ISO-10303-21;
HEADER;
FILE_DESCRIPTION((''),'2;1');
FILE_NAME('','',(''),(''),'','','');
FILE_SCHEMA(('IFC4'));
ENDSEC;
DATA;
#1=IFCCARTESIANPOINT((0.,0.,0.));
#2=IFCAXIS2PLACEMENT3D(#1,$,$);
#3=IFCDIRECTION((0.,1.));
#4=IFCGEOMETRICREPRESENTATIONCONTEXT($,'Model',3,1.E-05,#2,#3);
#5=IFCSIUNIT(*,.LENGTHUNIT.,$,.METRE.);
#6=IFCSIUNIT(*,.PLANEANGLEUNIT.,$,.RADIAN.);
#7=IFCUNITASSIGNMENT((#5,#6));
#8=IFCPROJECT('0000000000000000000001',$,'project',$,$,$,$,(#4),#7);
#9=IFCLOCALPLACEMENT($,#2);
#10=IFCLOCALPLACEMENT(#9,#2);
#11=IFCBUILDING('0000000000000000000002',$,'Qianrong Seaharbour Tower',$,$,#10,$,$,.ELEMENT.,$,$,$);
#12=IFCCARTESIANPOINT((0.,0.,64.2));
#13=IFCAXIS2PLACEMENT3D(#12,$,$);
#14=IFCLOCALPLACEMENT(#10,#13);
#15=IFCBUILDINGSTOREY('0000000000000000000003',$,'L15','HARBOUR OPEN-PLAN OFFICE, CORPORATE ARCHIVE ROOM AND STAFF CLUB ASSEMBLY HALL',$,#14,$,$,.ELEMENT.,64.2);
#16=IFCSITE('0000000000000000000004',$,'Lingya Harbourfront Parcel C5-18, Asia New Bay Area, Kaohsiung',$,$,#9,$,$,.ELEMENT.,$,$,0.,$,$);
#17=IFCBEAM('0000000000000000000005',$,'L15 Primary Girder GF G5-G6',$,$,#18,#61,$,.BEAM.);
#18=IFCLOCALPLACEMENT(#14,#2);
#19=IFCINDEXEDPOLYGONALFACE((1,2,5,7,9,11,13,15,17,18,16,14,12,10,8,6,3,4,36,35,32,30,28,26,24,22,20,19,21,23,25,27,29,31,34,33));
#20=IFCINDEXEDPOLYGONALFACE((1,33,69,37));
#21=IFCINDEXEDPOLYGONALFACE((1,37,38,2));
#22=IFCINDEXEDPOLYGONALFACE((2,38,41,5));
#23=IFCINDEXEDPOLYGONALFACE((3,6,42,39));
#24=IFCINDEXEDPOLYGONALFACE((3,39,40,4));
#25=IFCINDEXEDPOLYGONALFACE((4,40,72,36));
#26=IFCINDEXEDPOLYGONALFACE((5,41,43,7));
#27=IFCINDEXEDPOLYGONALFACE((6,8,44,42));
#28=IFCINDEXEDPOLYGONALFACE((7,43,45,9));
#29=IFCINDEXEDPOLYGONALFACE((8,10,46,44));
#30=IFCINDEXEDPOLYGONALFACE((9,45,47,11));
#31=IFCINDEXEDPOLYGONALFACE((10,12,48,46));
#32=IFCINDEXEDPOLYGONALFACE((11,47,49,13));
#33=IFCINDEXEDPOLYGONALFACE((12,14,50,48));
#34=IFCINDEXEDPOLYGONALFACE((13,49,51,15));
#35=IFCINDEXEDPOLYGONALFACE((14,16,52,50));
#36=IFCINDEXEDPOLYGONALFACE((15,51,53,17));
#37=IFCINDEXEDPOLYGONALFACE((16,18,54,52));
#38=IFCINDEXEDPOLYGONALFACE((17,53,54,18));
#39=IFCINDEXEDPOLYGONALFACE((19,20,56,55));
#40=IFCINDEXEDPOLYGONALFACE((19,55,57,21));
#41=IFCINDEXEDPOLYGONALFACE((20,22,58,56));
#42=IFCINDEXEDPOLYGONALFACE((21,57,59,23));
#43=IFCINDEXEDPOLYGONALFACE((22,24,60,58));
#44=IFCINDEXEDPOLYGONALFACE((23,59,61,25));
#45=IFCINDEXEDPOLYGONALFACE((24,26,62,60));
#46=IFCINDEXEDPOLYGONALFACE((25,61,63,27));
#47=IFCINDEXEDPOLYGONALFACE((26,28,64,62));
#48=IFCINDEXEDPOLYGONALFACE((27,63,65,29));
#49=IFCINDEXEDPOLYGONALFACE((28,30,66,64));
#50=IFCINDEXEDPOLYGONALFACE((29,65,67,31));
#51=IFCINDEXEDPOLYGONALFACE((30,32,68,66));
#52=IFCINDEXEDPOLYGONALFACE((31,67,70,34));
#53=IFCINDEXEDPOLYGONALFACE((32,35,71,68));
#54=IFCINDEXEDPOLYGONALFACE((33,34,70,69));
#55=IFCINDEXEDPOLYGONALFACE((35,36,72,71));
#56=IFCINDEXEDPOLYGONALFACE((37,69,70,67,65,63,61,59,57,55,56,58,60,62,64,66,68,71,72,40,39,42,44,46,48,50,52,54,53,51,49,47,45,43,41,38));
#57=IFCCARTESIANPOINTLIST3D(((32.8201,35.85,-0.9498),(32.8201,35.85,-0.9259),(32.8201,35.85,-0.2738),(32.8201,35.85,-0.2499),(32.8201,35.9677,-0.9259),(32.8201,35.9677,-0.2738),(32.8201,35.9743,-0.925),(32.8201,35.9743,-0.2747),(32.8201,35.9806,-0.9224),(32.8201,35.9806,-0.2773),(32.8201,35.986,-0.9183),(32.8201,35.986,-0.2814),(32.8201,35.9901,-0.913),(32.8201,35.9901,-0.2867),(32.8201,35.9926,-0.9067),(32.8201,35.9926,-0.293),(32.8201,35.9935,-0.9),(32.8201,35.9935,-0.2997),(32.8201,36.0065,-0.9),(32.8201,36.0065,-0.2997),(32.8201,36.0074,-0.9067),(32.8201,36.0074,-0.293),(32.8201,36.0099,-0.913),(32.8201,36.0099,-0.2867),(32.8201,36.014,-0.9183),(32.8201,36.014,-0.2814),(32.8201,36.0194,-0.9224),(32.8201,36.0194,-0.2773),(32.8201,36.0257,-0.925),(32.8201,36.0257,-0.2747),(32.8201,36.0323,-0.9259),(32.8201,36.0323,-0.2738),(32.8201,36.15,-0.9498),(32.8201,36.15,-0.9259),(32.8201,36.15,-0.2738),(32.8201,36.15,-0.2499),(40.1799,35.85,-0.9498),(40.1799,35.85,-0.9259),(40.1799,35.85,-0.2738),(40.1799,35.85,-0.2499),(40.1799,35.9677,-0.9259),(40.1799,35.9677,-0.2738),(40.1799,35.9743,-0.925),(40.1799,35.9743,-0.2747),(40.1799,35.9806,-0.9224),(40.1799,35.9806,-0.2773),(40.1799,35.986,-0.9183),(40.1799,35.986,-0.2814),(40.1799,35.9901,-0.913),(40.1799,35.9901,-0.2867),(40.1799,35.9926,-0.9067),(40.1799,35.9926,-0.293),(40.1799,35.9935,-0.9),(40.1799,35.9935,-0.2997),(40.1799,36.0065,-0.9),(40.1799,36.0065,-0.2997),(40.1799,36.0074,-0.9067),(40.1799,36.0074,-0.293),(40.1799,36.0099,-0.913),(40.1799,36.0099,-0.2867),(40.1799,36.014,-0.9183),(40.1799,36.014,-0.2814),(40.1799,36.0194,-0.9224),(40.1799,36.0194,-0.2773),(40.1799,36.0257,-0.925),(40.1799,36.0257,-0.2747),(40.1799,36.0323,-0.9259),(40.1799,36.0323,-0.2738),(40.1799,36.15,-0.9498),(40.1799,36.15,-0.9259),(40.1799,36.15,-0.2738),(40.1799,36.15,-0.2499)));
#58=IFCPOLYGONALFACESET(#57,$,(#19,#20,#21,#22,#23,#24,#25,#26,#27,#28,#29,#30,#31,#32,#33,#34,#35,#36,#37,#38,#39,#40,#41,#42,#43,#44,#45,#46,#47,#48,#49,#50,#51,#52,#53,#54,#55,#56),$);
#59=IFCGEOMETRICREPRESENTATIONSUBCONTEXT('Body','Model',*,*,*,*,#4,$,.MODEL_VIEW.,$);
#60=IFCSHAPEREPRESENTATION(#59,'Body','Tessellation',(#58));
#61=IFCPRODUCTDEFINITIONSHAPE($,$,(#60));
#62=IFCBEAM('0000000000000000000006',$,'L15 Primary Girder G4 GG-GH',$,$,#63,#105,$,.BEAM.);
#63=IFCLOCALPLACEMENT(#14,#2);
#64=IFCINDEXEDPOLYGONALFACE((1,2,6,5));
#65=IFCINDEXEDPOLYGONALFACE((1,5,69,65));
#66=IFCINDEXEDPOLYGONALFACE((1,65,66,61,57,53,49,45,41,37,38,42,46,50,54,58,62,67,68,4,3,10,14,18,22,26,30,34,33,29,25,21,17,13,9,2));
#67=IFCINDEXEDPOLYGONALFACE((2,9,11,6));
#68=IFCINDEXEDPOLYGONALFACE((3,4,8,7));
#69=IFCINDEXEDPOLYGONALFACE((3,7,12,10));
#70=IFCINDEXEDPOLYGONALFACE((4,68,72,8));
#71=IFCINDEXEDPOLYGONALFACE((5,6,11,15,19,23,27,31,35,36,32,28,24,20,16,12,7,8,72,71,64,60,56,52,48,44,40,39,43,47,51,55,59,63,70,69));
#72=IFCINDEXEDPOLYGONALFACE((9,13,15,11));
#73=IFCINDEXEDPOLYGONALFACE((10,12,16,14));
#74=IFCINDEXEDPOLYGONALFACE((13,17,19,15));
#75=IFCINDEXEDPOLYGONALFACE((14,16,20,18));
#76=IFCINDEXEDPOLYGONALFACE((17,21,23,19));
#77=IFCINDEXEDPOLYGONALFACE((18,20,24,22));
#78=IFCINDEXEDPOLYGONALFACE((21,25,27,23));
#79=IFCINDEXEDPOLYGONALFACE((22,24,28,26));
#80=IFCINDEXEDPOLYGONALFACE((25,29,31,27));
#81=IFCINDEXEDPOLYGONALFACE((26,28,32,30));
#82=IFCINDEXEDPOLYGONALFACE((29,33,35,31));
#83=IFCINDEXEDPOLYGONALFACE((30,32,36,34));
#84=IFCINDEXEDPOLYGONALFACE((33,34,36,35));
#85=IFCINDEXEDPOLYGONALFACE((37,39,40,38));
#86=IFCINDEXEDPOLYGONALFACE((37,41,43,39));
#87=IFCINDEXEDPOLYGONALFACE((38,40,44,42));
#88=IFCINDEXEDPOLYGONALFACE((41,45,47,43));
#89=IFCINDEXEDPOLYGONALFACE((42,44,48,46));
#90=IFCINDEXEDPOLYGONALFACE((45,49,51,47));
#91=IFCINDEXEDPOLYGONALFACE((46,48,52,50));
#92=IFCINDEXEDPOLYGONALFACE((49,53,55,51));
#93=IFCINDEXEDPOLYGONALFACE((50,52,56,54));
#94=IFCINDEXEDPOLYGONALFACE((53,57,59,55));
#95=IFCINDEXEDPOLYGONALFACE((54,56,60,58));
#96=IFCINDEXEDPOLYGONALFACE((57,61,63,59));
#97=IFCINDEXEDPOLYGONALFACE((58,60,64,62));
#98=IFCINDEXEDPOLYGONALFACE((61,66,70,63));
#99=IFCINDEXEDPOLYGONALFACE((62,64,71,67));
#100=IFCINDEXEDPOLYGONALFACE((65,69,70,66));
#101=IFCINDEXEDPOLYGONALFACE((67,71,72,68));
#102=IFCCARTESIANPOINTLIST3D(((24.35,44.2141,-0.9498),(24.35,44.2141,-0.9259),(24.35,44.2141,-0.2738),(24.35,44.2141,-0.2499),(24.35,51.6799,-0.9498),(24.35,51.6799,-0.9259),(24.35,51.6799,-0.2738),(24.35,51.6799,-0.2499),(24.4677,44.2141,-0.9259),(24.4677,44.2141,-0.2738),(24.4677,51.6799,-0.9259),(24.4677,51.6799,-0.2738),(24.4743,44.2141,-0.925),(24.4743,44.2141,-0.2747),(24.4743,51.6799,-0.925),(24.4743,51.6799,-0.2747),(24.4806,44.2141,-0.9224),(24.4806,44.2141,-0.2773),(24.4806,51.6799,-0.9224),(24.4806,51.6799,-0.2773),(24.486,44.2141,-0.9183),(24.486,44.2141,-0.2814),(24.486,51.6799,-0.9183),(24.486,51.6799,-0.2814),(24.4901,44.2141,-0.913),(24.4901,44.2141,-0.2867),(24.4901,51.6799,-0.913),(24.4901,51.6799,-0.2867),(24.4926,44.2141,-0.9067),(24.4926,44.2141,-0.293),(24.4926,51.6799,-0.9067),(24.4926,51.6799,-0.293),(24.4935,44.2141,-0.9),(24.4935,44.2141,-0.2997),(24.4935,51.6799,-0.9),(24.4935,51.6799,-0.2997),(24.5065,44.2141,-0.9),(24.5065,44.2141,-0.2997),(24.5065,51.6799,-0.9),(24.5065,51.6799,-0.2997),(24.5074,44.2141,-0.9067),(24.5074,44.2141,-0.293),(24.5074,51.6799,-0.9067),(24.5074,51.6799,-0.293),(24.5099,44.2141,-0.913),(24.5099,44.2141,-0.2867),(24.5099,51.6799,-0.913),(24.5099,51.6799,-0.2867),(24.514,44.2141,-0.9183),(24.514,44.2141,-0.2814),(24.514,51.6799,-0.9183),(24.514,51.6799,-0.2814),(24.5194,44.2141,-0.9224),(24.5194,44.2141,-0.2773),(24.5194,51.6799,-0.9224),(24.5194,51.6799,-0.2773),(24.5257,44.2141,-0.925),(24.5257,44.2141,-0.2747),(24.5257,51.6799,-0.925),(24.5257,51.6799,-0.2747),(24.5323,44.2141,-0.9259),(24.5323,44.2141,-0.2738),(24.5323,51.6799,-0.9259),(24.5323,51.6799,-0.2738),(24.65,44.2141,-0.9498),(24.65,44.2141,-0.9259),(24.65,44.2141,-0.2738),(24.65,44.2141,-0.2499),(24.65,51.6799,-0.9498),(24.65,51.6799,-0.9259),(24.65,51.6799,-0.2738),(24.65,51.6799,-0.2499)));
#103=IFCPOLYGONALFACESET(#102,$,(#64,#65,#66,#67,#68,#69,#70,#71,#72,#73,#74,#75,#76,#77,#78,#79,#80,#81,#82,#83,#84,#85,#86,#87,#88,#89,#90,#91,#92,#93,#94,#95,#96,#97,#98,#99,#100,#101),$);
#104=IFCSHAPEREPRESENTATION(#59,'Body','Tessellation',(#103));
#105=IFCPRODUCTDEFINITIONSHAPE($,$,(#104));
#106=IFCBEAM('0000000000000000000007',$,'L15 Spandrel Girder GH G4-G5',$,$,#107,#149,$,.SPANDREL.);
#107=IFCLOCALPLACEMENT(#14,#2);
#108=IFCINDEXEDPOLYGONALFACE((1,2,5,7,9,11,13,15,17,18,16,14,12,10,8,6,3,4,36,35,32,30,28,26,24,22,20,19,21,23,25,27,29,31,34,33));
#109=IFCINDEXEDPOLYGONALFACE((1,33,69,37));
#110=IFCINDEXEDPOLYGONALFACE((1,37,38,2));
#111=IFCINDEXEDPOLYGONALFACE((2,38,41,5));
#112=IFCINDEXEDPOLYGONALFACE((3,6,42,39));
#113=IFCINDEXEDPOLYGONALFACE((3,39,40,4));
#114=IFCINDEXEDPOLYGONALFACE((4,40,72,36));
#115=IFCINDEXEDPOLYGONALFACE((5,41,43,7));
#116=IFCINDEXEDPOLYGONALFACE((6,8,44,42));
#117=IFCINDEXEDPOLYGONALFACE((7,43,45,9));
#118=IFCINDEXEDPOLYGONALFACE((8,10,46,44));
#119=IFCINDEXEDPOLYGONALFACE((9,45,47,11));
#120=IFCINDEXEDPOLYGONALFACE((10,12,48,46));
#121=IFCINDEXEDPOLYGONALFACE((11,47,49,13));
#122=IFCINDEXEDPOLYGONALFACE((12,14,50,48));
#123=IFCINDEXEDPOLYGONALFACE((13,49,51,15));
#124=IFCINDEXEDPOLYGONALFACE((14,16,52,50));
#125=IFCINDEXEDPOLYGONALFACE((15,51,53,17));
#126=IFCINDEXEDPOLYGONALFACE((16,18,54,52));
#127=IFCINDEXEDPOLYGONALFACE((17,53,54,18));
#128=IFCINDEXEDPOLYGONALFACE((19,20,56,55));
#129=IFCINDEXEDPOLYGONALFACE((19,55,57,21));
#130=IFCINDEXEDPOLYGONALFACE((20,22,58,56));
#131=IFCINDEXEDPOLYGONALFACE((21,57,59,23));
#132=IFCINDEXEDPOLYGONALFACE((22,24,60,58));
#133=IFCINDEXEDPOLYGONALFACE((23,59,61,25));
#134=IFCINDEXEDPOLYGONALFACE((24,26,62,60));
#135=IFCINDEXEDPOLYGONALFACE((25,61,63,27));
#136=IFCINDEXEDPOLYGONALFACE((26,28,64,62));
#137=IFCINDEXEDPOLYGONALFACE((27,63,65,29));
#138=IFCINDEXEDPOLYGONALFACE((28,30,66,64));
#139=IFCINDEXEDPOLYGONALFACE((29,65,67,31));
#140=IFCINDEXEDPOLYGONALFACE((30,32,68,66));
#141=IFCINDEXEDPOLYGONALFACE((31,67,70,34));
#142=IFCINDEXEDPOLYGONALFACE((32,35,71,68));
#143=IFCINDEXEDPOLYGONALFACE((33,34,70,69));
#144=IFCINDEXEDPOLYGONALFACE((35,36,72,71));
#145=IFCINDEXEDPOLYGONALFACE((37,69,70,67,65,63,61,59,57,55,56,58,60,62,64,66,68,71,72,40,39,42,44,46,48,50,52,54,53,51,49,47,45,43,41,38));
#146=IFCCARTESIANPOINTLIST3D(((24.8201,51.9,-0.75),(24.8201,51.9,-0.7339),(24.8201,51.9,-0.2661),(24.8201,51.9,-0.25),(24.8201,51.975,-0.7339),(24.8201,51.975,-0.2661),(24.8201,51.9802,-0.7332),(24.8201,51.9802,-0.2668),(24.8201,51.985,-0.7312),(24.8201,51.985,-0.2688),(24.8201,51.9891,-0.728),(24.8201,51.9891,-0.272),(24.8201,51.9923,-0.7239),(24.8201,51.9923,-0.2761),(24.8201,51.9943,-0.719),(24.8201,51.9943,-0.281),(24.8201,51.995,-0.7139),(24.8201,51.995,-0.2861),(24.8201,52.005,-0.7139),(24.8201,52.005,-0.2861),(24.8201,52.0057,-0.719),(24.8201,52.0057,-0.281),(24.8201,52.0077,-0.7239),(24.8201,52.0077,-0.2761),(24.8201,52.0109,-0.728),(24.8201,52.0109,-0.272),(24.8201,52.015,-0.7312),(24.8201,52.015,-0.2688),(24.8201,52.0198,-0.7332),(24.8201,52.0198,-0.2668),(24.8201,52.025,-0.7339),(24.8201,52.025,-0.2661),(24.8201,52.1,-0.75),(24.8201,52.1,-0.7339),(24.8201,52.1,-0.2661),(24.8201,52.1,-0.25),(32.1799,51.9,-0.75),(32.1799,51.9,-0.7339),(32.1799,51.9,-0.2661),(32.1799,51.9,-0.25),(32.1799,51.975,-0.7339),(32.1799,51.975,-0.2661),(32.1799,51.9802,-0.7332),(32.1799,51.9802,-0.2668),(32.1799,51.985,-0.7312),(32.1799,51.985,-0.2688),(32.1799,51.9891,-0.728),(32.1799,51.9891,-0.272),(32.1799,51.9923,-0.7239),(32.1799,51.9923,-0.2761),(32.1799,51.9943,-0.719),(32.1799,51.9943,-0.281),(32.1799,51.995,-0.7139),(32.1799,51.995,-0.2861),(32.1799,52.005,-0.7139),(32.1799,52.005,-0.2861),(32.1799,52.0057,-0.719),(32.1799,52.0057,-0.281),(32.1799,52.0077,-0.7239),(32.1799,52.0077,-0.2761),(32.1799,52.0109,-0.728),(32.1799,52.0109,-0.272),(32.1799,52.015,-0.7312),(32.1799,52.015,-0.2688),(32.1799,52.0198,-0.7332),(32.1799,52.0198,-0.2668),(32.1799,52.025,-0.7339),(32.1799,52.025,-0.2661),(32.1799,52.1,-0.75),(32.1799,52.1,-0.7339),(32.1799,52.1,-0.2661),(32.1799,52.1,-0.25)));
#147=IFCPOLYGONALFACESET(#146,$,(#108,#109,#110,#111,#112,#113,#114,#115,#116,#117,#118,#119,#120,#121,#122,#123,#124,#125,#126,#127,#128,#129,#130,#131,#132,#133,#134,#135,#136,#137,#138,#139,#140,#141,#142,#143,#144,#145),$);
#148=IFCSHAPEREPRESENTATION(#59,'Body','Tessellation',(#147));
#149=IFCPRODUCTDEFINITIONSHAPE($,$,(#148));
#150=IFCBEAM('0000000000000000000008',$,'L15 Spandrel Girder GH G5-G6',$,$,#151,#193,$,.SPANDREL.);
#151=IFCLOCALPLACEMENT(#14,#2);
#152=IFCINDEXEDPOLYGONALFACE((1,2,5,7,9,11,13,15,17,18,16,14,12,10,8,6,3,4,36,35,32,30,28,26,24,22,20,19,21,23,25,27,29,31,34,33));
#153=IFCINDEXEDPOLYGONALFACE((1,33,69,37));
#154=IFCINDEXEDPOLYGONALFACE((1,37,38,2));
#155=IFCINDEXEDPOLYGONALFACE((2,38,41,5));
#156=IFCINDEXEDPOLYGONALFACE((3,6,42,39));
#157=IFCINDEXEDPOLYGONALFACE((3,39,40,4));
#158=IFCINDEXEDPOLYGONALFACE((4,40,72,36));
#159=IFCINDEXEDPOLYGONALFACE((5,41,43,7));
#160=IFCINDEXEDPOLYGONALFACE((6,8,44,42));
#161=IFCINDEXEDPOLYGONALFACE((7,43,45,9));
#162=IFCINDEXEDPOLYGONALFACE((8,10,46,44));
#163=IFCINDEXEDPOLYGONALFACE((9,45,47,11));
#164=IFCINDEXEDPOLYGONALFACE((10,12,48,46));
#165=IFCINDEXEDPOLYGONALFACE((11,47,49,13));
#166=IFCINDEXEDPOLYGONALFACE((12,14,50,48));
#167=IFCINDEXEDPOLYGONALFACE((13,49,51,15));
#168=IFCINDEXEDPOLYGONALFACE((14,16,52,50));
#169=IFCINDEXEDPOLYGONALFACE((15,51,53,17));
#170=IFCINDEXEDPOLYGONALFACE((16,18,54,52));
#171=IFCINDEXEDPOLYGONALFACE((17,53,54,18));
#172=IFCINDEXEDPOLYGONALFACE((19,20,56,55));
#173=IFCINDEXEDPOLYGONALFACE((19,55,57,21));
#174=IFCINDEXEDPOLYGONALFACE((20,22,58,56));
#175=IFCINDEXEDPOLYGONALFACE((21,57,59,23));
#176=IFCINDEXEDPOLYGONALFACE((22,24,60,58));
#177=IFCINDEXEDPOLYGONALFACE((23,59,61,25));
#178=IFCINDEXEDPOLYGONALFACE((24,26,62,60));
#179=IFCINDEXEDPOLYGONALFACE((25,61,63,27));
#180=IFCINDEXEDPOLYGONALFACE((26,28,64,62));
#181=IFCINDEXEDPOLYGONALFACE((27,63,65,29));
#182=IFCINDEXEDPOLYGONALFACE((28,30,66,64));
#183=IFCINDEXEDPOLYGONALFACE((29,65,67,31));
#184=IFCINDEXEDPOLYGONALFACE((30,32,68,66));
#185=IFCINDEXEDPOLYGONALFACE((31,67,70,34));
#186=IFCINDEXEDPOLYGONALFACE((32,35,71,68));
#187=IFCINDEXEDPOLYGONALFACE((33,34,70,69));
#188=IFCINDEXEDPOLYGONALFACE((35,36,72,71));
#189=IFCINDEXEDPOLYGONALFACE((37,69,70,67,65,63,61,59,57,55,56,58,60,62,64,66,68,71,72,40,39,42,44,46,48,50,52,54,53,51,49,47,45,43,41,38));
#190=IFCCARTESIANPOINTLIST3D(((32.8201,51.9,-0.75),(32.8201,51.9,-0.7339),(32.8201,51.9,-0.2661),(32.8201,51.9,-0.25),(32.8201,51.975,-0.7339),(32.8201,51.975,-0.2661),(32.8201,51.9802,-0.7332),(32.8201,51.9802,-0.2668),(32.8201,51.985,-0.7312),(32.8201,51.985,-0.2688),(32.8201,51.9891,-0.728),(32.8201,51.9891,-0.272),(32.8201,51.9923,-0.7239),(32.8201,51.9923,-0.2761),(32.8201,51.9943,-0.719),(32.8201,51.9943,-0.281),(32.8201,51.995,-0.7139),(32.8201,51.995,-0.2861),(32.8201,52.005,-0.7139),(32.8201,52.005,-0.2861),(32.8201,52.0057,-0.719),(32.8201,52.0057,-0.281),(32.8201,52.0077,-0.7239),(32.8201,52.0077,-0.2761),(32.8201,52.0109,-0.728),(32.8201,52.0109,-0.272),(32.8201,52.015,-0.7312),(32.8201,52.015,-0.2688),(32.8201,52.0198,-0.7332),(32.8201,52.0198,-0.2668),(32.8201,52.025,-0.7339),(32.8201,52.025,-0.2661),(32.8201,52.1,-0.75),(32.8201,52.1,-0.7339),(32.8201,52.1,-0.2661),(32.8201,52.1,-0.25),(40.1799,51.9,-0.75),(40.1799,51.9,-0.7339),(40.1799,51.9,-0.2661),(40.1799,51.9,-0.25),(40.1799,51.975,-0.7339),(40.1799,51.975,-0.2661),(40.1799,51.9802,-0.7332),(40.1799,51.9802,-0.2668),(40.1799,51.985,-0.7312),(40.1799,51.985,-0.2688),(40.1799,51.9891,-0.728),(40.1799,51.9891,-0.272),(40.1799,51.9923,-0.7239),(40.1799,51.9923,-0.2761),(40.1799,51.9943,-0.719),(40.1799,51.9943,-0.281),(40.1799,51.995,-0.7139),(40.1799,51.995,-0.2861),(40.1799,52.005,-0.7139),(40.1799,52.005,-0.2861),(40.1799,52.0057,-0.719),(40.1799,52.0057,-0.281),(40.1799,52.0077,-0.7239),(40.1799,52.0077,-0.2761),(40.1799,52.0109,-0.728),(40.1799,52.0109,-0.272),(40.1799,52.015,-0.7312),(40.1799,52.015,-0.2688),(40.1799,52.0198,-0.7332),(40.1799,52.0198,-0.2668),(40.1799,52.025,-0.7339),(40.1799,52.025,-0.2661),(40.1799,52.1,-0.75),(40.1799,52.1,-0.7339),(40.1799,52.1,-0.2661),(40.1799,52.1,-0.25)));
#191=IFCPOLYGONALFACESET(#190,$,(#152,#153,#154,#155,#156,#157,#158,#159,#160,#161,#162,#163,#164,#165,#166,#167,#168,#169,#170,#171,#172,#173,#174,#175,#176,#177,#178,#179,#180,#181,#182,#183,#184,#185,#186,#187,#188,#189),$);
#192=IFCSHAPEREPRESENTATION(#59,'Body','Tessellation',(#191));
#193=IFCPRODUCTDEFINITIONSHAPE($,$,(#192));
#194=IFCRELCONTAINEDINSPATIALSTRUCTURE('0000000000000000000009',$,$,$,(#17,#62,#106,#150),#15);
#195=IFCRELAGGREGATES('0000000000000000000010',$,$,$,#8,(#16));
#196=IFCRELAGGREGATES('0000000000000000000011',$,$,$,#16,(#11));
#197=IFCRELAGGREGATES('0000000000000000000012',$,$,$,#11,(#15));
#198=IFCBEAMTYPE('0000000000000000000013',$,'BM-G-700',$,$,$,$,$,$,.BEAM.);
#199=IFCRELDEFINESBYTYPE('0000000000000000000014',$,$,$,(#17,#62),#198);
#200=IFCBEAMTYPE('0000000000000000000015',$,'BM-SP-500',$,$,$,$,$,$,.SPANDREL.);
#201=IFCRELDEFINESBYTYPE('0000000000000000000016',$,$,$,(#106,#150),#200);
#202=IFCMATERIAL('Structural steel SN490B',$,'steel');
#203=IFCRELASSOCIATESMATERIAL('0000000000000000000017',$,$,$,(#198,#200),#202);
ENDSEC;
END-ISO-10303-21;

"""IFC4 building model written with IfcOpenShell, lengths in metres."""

from ifc_helpers import new_model, si_unit, direction, frame, origin, origin_2d, place, context, subcontext, project, spatial, i_section, extrude, material, material_profile, profile_set, type_object, element, save


model = new_model("IFC4")

# Units and contexts
model_context = context("Model", 3, precision=1e-05, world=origin(), true_north=direction((0.0, 1.0)))
body_context = subcontext(model_context, "Body", "Model", "MODEL_VIEW")
ifc_project = project(units=[si_unit("LENGTHUNIT", "METRE"), si_unit("PLANEANGLEUNIT", "RADIAN")], contexts=[model_context])

# Site, building, storey
site_placement = place(None, origin())
site = spatial("IfcSite", under=ifc_project, at=site_placement, Name="Lingya Harbourfront Parcel C5-18, Asia New Bay Area, Kaohsiung", CompositionType="ELEMENT", RefElevation=0.0)
building_placement = place(site_placement, origin())
building = spatial("IfcBuilding", under=site, at=building_placement, Name="Qianrong Seaharbour Tower", CompositionType="ELEMENT")
storey_placement = place(building_placement, frame((0.0, 0.0, 64.2)))
storey = spatial("IfcBuildingStorey", under=building, at=storey_placement, Name="L15", Description="HARBOUR OPEN-PLAN OFFICE, CORPORATE ARCHIVE ROOM AND STAFF CLUB ASSEMBLY HALL", CompositionType="ELEMENT", Elevation=64.2)

# Shared definitions
ifc_material_1 = material(Name="Structural steel SN490B", Category="steel")

# Beams
ifc_material_profile_1 = material_profile(ifc_material_1, i_section(OverallWidth=0.3, OverallDepth=0.7, WebThickness=0.0129, FlangeThickness=0.0239, FilletRadius=0.0259, at=origin_2d()), Name="H700x300x13x24")
ifc_profile_set_1 = profile_set([ifc_material_profile_1], Name="Structural steel SN490B")
beam_type_1 = type_object("IfcBeamType", Name="BM-G-700", PredefinedType="BEAM", material=ifc_profile_set_1)
beam_1_placement = place(storey_placement, frame((32.8201, 36.0, -0.5999), z_axis=(1.0, 0.0, 0.0), x_axis=(0.0, 1.0, 0.0)))
element("IfcBeam", 1, at=beam_1_placement, inside=storey, type_object=beam_type_1, Name="L15 Primary Girder GF G5-G6", PredefinedType="BEAM", context=body_context, shape_type="SweptSolid", body=[
    extrude(i_section(OverallWidth=0.3, OverallDepth=0.7, WebThickness=0.0129, FlangeThickness=0.0239, FilletRadius=0.0259, at=origin_2d()), origin(), (0.0, 0.0, 1.0), 7.3599),
])
beam_2_placement = place(storey_placement, frame((24.5, 44.2141, -0.5999), z_axis=(0.0, 1.0, 0.0), x_axis=(-1.0, 0.0, 0.0)))
element("IfcBeam", 2, at=beam_2_placement, inside=storey, type_object=beam_type_1, Name="L15 Primary Girder G4 GG-GH", PredefinedType="BEAM", context=body_context, shape_type="SweptSolid", body=[
    extrude(i_section(OverallWidth=0.3, OverallDepth=0.7, WebThickness=0.0129, FlangeThickness=0.0239, FilletRadius=0.0259, at=origin_2d()), origin(), (0.0, 0.0, 1.0), 7.4658),
])
ifc_material_profile_2 = material_profile(ifc_material_1, i_section(OverallWidth=0.2, OverallDepth=0.5, WebThickness=0.01, FlangeThickness=0.0161, FilletRadius=0.02, at=origin_2d()), Name="H500x200x10x16")
ifc_profile_set_2 = profile_set([ifc_material_profile_2], Name="Structural steel SN490B")
beam_type_2 = type_object("IfcBeamType", Name="BM-SP-500", PredefinedType="SPANDREL", material=ifc_profile_set_2)
for number, where, z_axis, x_axis, name in (
    (3, (24.8201, 52.0, -0.5), (1.0, 0.0, 0.0), (0.0, 1.0, 0.0), "L15 Spandrel Girder GH G4-G5"),
    (4, (32.8201, 52.0, -0.5), (1.0, 0.0, 0.0), (0.0, 1.0, 0.0), "L15 Spandrel Girder GH G5-G6"),
):
    element("IfcBeam", number, at=place(storey_placement, frame(where, z_axis=z_axis, x_axis=x_axis)), inside=storey, type_object=beam_type_2, Name=name, PredefinedType="SPANDREL", context=body_context, shape_type="SweptSolid", body=[
        extrude(i_section(OverallWidth=0.2, OverallDepth=0.5, WebThickness=0.01, FlangeThickness=0.0161, FilletRadius=0.02, at=origin_2d()), origin(), (0.0, 0.0, 1.0), 7.3599),
    ])

save(model, "model.ifc")
